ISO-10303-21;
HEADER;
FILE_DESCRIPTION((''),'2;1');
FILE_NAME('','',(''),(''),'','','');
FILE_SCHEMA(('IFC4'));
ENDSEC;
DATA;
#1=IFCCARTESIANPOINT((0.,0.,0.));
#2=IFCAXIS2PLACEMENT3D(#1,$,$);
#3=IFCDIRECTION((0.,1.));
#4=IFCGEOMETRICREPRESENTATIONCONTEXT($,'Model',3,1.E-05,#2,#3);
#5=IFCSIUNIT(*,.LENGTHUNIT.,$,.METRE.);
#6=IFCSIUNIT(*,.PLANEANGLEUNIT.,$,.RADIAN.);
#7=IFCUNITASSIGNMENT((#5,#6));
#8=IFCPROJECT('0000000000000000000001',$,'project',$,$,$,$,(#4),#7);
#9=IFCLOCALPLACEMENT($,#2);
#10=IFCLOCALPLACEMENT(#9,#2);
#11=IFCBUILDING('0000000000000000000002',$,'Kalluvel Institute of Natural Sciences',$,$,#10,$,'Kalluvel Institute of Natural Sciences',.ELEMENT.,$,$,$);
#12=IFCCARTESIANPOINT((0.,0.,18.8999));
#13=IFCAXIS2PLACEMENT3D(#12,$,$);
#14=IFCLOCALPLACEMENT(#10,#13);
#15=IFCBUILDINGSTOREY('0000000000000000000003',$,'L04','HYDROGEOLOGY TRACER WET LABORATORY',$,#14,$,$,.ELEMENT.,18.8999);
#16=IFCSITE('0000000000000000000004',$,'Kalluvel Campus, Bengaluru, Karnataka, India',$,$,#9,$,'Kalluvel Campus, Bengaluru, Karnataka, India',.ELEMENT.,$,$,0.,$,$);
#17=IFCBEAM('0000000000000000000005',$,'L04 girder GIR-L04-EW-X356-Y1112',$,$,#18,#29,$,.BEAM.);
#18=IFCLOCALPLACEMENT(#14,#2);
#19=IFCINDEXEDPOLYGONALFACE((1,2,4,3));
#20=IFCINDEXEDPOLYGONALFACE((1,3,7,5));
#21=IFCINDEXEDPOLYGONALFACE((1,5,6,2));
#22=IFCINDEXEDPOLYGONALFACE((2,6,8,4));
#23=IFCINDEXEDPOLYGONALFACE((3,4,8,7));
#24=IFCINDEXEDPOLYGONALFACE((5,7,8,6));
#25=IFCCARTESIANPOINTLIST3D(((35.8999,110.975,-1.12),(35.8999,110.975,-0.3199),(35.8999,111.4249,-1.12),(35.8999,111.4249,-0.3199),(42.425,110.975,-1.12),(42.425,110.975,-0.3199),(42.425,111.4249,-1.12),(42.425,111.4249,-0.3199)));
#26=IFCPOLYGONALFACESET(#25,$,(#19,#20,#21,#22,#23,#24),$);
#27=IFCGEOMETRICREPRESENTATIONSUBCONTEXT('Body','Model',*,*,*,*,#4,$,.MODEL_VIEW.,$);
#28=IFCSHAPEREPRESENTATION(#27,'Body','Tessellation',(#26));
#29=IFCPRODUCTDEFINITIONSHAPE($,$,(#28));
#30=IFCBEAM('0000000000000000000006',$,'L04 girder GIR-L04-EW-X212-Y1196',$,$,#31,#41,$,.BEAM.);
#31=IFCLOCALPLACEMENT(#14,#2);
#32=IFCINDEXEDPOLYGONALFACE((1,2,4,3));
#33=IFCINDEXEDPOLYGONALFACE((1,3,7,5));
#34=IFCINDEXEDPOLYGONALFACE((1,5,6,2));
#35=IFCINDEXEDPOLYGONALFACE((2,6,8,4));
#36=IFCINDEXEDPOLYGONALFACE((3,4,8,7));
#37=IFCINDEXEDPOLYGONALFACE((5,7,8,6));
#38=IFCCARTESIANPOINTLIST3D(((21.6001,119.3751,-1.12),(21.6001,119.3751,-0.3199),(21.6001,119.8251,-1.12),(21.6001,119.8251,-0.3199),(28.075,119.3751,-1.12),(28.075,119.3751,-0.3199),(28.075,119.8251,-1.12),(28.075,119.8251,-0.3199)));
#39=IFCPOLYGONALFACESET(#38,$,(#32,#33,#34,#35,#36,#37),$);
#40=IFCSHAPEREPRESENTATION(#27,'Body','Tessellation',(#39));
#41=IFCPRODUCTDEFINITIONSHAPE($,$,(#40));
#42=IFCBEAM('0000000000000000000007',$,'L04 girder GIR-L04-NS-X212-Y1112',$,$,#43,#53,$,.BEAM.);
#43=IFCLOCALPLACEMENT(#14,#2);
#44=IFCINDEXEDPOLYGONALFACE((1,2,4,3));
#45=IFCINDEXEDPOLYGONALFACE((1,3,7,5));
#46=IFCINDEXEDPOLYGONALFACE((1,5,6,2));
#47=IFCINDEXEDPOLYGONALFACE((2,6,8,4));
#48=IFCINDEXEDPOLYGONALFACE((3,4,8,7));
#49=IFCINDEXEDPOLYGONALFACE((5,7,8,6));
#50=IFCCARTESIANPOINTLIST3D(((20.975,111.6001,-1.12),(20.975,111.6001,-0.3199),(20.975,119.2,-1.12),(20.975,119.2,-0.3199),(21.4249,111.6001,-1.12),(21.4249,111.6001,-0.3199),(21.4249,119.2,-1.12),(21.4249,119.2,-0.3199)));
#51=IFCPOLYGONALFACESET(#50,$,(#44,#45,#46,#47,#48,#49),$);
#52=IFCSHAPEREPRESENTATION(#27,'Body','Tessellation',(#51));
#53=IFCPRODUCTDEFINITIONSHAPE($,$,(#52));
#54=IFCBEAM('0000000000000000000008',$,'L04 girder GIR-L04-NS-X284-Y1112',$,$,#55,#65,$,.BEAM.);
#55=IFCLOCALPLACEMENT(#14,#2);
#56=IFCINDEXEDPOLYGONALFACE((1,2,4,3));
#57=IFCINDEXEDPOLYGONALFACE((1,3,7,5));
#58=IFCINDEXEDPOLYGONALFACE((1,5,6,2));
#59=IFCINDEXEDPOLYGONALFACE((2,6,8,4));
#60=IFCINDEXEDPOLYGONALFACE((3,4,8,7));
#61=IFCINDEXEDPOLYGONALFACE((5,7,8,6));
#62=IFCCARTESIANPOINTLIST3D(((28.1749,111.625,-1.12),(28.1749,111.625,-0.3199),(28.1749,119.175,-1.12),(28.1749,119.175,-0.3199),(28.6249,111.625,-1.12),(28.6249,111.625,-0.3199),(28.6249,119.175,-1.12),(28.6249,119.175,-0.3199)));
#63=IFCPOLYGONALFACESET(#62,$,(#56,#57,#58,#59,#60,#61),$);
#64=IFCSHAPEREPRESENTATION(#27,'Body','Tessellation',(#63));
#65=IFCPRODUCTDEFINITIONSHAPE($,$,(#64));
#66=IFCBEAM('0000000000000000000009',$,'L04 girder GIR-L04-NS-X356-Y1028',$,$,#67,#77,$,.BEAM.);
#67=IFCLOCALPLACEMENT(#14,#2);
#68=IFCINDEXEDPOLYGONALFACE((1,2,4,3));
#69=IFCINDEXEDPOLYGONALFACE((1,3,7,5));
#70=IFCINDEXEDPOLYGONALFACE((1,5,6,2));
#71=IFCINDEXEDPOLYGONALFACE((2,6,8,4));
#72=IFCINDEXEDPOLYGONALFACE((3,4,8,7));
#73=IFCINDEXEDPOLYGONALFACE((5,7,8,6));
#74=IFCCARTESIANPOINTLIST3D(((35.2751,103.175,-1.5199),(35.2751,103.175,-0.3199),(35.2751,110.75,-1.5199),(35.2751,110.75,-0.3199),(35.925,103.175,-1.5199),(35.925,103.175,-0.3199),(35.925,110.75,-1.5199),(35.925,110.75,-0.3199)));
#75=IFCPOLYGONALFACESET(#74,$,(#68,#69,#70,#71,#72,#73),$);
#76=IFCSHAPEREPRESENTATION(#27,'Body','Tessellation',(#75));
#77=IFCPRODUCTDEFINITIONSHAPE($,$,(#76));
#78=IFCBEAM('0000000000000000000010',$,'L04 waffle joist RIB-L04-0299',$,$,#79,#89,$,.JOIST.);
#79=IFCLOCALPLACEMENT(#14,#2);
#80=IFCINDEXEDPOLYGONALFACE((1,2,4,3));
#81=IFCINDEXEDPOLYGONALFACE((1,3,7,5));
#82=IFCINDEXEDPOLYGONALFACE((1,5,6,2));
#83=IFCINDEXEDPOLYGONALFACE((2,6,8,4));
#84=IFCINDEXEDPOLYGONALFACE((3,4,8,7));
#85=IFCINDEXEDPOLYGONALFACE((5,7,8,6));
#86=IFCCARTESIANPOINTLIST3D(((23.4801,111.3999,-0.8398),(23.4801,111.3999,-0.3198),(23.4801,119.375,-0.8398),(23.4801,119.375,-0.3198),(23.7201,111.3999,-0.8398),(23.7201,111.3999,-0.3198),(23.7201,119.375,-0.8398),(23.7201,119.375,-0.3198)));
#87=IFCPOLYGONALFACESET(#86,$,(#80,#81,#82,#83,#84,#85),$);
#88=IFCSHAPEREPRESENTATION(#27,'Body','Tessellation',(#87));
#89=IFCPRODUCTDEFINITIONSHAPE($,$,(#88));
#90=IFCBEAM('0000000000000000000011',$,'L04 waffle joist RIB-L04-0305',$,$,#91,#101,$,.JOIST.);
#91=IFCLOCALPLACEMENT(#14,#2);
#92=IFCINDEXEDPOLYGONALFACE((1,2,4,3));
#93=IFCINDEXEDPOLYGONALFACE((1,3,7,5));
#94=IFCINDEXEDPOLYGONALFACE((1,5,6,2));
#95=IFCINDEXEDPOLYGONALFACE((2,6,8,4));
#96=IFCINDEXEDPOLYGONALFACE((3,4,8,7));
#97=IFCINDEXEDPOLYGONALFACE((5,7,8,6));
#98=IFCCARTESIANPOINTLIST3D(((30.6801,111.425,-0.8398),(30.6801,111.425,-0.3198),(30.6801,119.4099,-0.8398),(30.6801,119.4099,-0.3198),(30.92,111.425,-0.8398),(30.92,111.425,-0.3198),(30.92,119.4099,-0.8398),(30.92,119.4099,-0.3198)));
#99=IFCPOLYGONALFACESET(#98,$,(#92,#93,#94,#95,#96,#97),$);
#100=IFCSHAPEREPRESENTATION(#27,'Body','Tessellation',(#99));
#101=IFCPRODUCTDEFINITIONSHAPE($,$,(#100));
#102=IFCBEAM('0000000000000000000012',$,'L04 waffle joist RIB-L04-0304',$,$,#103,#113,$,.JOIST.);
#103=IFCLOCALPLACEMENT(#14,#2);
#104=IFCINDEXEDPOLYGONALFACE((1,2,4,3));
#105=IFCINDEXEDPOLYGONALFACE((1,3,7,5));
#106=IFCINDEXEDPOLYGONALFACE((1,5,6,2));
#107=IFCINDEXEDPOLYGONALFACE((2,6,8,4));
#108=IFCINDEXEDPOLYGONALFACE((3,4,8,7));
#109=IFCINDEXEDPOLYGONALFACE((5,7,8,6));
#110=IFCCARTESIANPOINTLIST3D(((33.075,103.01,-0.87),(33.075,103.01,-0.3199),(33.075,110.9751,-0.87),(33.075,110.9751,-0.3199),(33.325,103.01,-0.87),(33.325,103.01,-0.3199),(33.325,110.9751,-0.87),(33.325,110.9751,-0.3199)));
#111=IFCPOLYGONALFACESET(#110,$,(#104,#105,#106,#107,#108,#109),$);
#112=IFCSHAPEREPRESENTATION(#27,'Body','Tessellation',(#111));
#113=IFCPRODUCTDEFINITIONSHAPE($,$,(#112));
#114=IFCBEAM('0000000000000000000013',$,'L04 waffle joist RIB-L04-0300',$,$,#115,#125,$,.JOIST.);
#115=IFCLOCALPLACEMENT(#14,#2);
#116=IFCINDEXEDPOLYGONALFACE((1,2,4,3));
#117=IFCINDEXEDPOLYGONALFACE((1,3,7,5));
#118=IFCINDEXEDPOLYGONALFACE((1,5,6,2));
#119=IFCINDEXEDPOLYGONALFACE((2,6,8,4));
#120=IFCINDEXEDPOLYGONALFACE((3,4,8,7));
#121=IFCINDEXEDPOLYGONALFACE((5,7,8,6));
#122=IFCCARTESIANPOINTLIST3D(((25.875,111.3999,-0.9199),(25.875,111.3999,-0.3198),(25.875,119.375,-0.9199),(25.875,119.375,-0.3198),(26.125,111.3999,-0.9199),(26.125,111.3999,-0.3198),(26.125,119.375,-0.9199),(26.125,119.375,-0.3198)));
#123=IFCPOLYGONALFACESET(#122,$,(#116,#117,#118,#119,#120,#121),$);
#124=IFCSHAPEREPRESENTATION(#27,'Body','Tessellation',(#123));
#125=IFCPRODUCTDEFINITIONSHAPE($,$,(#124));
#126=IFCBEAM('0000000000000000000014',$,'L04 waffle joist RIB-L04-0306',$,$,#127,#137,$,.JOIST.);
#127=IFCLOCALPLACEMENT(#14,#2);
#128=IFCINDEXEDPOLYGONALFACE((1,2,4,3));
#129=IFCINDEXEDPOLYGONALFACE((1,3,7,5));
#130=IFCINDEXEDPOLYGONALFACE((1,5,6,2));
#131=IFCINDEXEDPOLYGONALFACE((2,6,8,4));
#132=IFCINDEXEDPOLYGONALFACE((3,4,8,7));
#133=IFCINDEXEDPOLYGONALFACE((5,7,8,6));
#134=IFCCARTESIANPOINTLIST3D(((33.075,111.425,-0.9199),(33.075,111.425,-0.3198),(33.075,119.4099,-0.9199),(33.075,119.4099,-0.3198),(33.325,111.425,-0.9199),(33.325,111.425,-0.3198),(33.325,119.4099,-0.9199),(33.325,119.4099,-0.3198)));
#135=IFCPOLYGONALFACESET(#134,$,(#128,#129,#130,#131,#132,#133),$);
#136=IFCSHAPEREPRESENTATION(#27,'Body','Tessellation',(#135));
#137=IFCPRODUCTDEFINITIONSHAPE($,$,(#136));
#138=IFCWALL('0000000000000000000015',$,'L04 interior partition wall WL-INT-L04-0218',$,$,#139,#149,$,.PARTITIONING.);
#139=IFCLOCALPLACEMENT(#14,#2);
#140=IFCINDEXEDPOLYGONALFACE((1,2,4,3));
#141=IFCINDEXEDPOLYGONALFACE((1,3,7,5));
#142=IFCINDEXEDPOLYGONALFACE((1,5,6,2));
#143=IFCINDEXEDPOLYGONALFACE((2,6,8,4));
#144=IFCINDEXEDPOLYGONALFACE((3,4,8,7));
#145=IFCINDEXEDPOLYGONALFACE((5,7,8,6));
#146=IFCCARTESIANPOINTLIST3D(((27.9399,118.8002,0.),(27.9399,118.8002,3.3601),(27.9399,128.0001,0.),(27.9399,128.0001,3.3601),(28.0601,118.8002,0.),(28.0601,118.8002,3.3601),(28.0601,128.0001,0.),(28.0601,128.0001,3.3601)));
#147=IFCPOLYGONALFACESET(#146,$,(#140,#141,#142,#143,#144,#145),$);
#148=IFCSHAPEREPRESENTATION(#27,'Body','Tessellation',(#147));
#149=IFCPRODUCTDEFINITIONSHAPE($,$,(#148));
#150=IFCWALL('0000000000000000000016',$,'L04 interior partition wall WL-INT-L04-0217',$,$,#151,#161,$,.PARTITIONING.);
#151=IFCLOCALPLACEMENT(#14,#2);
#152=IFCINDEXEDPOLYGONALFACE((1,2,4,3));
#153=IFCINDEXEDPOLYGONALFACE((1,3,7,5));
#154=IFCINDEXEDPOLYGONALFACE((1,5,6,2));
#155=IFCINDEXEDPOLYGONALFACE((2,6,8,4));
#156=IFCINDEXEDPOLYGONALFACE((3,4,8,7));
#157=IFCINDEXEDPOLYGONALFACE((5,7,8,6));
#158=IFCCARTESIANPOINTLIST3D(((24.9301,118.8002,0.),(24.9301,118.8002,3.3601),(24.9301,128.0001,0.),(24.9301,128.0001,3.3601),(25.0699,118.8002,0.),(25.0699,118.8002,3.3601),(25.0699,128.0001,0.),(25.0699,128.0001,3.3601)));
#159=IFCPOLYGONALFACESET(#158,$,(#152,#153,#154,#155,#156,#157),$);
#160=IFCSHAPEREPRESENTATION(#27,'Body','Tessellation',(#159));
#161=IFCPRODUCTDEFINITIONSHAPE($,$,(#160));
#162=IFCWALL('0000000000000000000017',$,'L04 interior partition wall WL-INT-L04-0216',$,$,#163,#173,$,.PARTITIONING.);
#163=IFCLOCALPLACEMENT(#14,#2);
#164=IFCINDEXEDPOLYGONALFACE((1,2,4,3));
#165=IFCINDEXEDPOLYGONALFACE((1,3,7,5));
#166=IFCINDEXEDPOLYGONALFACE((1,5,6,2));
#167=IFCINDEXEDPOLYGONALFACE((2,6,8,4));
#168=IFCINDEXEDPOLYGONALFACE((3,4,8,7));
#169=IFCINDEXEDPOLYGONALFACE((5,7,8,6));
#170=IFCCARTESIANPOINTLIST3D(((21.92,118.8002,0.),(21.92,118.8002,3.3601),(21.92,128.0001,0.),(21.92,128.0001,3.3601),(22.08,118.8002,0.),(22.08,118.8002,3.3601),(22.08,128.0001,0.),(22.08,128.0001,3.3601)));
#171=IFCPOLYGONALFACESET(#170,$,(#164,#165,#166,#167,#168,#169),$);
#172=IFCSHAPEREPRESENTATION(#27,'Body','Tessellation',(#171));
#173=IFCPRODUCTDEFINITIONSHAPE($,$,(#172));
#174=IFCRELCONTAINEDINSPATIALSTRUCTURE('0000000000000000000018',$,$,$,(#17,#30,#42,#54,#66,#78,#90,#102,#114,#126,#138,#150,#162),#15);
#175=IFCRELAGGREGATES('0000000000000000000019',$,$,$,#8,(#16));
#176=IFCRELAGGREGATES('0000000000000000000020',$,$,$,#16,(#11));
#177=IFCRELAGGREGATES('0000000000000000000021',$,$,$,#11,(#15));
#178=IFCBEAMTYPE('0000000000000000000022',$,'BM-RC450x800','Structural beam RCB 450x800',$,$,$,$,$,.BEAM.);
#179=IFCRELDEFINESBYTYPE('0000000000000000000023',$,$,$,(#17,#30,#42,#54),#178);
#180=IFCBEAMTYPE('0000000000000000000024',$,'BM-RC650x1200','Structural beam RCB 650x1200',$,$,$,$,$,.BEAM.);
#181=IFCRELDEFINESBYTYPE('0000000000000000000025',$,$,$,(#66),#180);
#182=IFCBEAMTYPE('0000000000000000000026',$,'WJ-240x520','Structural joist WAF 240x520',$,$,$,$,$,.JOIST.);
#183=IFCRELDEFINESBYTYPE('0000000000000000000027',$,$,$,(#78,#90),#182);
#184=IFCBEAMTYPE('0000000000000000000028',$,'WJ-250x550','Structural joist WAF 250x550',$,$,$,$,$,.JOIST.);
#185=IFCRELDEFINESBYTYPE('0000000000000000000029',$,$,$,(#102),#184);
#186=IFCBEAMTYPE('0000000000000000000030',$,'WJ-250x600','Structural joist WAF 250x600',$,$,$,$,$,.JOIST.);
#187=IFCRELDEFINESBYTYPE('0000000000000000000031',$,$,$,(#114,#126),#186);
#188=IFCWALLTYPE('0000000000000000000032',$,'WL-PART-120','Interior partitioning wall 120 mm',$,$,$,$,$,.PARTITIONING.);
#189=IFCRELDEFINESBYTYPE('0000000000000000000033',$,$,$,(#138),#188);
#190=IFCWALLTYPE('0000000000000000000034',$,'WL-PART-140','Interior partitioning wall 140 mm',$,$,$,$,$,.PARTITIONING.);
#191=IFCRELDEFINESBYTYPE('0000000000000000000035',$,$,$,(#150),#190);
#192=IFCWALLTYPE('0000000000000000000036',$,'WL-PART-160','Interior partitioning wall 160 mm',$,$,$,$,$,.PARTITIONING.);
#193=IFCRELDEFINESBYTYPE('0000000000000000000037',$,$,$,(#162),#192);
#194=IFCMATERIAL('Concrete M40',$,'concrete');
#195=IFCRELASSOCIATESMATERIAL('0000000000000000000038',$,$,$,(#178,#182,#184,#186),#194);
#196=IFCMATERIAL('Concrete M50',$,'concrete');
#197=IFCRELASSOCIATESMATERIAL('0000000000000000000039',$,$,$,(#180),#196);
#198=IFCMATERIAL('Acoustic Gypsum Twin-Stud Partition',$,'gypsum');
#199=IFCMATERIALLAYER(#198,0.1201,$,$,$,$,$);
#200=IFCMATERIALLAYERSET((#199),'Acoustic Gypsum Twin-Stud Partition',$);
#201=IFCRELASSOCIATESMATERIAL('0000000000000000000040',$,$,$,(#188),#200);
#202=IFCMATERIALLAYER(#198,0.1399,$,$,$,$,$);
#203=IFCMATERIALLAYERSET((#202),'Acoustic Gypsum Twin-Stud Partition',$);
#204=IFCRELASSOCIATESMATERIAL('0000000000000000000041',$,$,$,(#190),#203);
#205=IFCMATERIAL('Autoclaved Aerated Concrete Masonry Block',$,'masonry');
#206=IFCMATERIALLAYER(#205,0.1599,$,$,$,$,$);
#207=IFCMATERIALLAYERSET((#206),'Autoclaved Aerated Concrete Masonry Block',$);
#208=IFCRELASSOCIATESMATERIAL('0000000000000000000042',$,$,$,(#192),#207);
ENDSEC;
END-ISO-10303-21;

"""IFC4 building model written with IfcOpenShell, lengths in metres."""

from ifc_helpers import new_model, si_unit, direction, frame, frame_2d, origin, origin_2d, place, context, subcontext, project, spatial, rectangle, extrude, material, layer, layer_set, material_profile, profile_set, type_object, element, save


model = new_model("IFC4")

# Units and contexts
model_context = context("Model", 3, precision=1e-05, world=origin(), true_north=direction((0.0, 1.0)))
body_context = subcontext(model_context, "Body", "Model", "MODEL_VIEW")
ifc_project = project(units=[si_unit("LENGTHUNIT", "METRE"), si_unit("PLANEANGLEUNIT", "RADIAN")], contexts=[model_context])

# Site, building, storey
site_placement = place(None, origin())
site = spatial("IfcSite", under=ifc_project, at=site_placement, Name="Kalluvel Campus, Bengaluru, Karnataka, India", LongName="Kalluvel Campus, Bengaluru, Karnataka, India", CompositionType="ELEMENT", RefElevation=0.0)
building_placement = place(site_placement, origin())
building = spatial("IfcBuilding", under=site, at=building_placement, Name="Kalluvel Institute of Natural Sciences", LongName="Kalluvel Institute of Natural Sciences", CompositionType="ELEMENT")
storey_placement = place(building_placement, frame((0.0, 0.0, 18.8999)))
storey = spatial("IfcBuildingStorey", under=building, at=storey_placement, Name="L04", Description="HYDROGEOLOGY TRACER WET LABORATORY", CompositionType="ELEMENT", Elevation=18.8999)

# Shared definitions
ifc_material_1 = material(Name="Concrete M50", Category="concrete")
ifc_material_2 = material(Name="Concrete M40", Category="concrete")

# Beams
ifc_material_profile_1 = material_profile(ifc_material_2, rectangle(XDim=0.45, YDim=0.8, at=origin_2d()), Name="RCB 450x800")
ifc_profile_set_1 = profile_set([ifc_material_profile_1], Name="Concrete M40")
beam_type_1 = type_object("IfcBeamType", Name="BM-RC450x800", Description="Structural beam RCB 450x800", PredefinedType="BEAM", material=ifc_profile_set_1)
beam_1_placement = place(storey_placement, frame((35.8999, 111.2, -0.72), z_axis=(1.0, 0.0, 0.0), x_axis=(0.0, 1.0, 0.0)))
element("IfcBeam", 1, at=beam_1_placement, inside=storey, type_object=beam_type_1, Name="L04 girder GIR-L04-EW-X356-Y1112", PredefinedType="BEAM", context=body_context, shape_type="SweptSolid", body=[
    extrude(rectangle(XDim=0.45, YDim=0.8, at=origin_2d()), origin(), (0.0, 0.0, 1.0), 6.5251),
])
beam_2_placement = place(storey_placement, frame((21.6001, 119.6001, -0.72), z_axis=(1.0, 0.0, 0.0), x_axis=(0.0, 1.0, 0.0)))
element("IfcBeam", 2, at=beam_2_placement, inside=storey, type_object=beam_type_1, Name="L04 girder GIR-L04-EW-X212-Y1196", PredefinedType="BEAM", context=body_context, shape_type="SweptSolid", body=[
    extrude(rectangle(XDim=0.45, YDim=0.8, at=origin_2d()), origin(), (0.0, 0.0, 1.0), 6.4749),
])
beam_3_placement = place(storey_placement, frame((21.2, 111.6001, -0.72), z_axis=(0.0, 1.0, 0.0), x_axis=(-1.0, 0.0, 0.0)))
element("IfcBeam", 3, at=beam_3_placement, inside=storey, type_object=beam_type_1, Name="L04 girder GIR-L04-NS-X212-Y1112", PredefinedType="BEAM", context=body_context, shape_type="SweptSolid", body=[
    extrude(rectangle(XDim=0.45, YDim=0.8, at=origin_2d()), origin(), (0.0, 0.0, 1.0), 7.5999),
])
beam_4_placement = place(storey_placement, frame((28.3999, 111.625, -0.72), z_axis=(0.0, 1.0, 0.0), x_axis=(-1.0, 0.0, 0.0)))
element("IfcBeam", 4, at=beam_4_placement, inside=storey, type_object=beam_type_1, Name="L04 girder GIR-L04-NS-X284-Y1112", PredefinedType="BEAM", context=body_context, shape_type="SweptSolid", body=[
    extrude(rectangle(XDim=0.45, YDim=0.8, at=origin_2d()), origin(), (0.0, 0.0, 1.0), 7.55),
])
ifc_material_profile_2 = material_profile(ifc_material_1, rectangle(XDim=0.6499, YDim=1.2, at=origin_2d()), Name="RCB 650x1200")
ifc_profile_set_2 = profile_set([ifc_material_profile_2], Name="Concrete M50")
beam_type_2 = type_object("IfcBeamType", Name="BM-RC650x1200", Description="Structural beam RCB 650x1200", PredefinedType="BEAM", material=ifc_profile_set_2)
beam_5_placement = place(storey_placement, frame((35.6001, 103.175, -0.9199), z_axis=(0.0, 1.0, 0.0), x_axis=(-1.0, 0.0, 0.0)))
element("IfcBeam", 5, at=beam_5_placement, inside=storey, type_object=beam_type_2, Name="L04 girder GIR-L04-NS-X356-Y1028", PredefinedType="BEAM", context=body_context, shape_type="SweptSolid", body=[
    extrude(rectangle(XDim=0.6499, YDim=1.2, at=origin_2d()), origin(), (0.0, 0.0, 1.0), 7.575),
])
ifc_material_profile_3 = material_profile(ifc_material_2, rectangle(XDim=0.24, YDim=0.52, at=origin_2d()), Name="WAF 240x520")
ifc_profile_set_3 = profile_set([ifc_material_profile_3], Name="Concrete M40")
beam_type_3 = type_object("IfcBeamType", Name="WJ-240x520", Description="Structural joist WAF 240x520", PredefinedType="JOIST", material=ifc_profile_set_3)
beam_6_placement = place(storey_placement, frame((23.6001, 111.3999, -0.5798), z_axis=(0.0, 1.0, 0.0), x_axis=(-1.0, 0.0, 0.0)))
element("IfcBeam", 6, at=beam_6_placement, inside=storey, type_object=beam_type_3, Name="L04 waffle joist RIB-L04-0299", PredefinedType="JOIST", context=body_context, shape_type="SweptSolid", body=[
    extrude(rectangle(XDim=0.24, YDim=0.52, at=origin_2d()), origin(), (0.0, 0.0, 1.0), 7.9751),
])
beam_7_placement = place(storey_placement, frame((30.8, 111.425, -0.5798), z_axis=(0.0, 1.0, 0.0), x_axis=(-1.0, 0.0, 0.0)))
element("IfcBeam", 7, at=beam_7_placement, inside=storey, type_object=beam_type_3, Name="L04 waffle joist RIB-L04-0305", PredefinedType="JOIST", context=body_context, shape_type="SweptSolid", body=[
    extrude(rectangle(XDim=0.24, YDim=0.52, at=origin_2d()), origin(), (0.0, 0.0, 1.0), 7.9849),
])
ifc_material_profile_4 = material_profile(ifc_material_2, rectangle(XDim=0.25, YDim=0.55, at=origin_2d()), Name="WAF 250x550")
ifc_profile_set_4 = profile_set([ifc_material_profile_4], Name="Concrete M40")
beam_type_4 = type_object("IfcBeamType", Name="WJ-250x550", Description="Structural joist WAF 250x550", PredefinedType="JOIST", material=ifc_profile_set_4)
beam_8_placement = place(storey_placement, frame((33.2, 103.01, -0.595), z_axis=(0.0, 1.0, 0.0), x_axis=(-1.0, 0.0, 0.0)))
element("IfcBeam", 8, at=beam_8_placement, inside=storey, type_object=beam_type_4, Name="L04 waffle joist RIB-L04-0304", PredefinedType="JOIST", context=body_context, shape_type="SweptSolid", body=[
    extrude(rectangle(XDim=0.25, YDim=0.55, at=origin_2d()), origin(), (0.0, 0.0, 1.0), 7.9651),
])
ifc_material_profile_5 = material_profile(ifc_material_2, rectangle(XDim=0.25, YDim=0.6001, at=origin_2d()), Name="WAF 250x600")
ifc_profile_set_5 = profile_set([ifc_material_profile_5], Name="Concrete M40")
beam_type_5 = type_object("IfcBeamType", Name="WJ-250x600", Description="Structural joist WAF 250x600", PredefinedType="JOIST", material=ifc_profile_set_5)
beam_9_placement = place(storey_placement, frame((26.0, 111.3999, -0.6199), z_axis=(0.0, 1.0, 0.0), x_axis=(-1.0, 0.0, 0.0)))
element("IfcBeam", 9, at=beam_9_placement, inside=storey, type_object=beam_type_5, Name="L04 waffle joist RIB-L04-0300", PredefinedType="JOIST", context=body_context, shape_type="SweptSolid", body=[
    extrude(rectangle(XDim=0.25, YDim=0.6001, at=origin_2d()), origin(), (0.0, 0.0, 1.0), 7.9751),
])
beam_10_placement = place(storey_placement, frame((33.2, 111.425, -0.6199), z_axis=(0.0, 1.0, 0.0), x_axis=(-1.0, 0.0, 0.0)))
element("IfcBeam", 10, at=beam_10_placement, inside=storey, type_object=beam_type_5, Name="L04 waffle joist RIB-L04-0306", PredefinedType="JOIST", context=body_context, shape_type="SweptSolid", body=[
    extrude(rectangle(XDim=0.25, YDim=0.6001, at=origin_2d()), origin(), (0.0, 0.0, 1.0), 7.9849),
])

# Walls
ifc_material_3 = material(Name="Acoustic Gypsum Twin-Stud Partition", Category="gypsum")
ifc_layer_1 = layer(ifc_material_3, 0.1201)
ifc_layer_set_1 = layer_set([ifc_layer_1], Name="Acoustic Gypsum Twin-Stud Partition")
wall_type_1 = type_object("IfcWallType", Name="WL-PART-120", Description="Interior partitioning wall 120 mm", PredefinedType="PARTITIONING", material=ifc_layer_set_1)
wall_1_placement = place(storey_placement, frame((28.0, 118.8, 0.0), z_axis=(0.0, 0.0, 1.0), x_axis=(0.0, 1.0, 0.0)))
element("IfcWall", 11, at=wall_1_placement, inside=storey, type_object=wall_type_1, Name="L04 interior partition wall WL-INT-L04-0218", PredefinedType="PARTITIONING", context=body_context, shape_type="SweptSolid", body=[
    extrude(rectangle(XDim=9.2, YDim=0.1201, at=frame_2d((4.6001, 0.0))), origin(), (0.0, 0.0, 1.0), 3.3601),
])
ifc_layer_2 = layer(ifc_material_3, 0.1399)
ifc_layer_set_2 = layer_set([ifc_layer_2], Name="Acoustic Gypsum Twin-Stud Partition")
wall_type_2 = type_object("IfcWallType", Name="WL-PART-140", Description="Interior partitioning wall 140 mm", PredefinedType="PARTITIONING", material=ifc_layer_set_2)
wall_2_placement = place(storey_placement, frame((25.0, 118.8, 0.0), z_axis=(0.0, 0.0, 1.0), x_axis=(0.0, 1.0, 0.0)))
element("IfcWall", 12, at=wall_2_placement, inside=storey, type_object=wall_type_2, Name="L04 interior partition wall WL-INT-L04-0217", PredefinedType="PARTITIONING", context=body_context, shape_type="SweptSolid", body=[
    extrude(rectangle(XDim=9.2, YDim=0.1399, at=frame_2d((4.6001, 0.0))), origin(), (0.0, 0.0, 1.0), 3.3601),
])
ifc_material_4 = material(Name="Autoclaved Aerated Concrete Masonry Block", Category="masonry")
ifc_layer_3 = layer(ifc_material_4, 0.1599)
ifc_layer_set_3 = layer_set([ifc_layer_3], Name="Autoclaved Aerated Concrete Masonry Block")
wall_type_3 = type_object("IfcWallType", Name="WL-PART-160", Description="Interior partitioning wall 160 mm", PredefinedType="PARTITIONING", material=ifc_layer_set_3)
wall_3_placement = place(storey_placement, frame((22.0, 118.8, 0.0), z_axis=(0.0, 0.0, 1.0), x_axis=(0.0, 1.0, 0.0)))
element("IfcWall", 13, at=wall_3_placement, inside=storey, type_object=wall_type_3, Name="L04 interior partition wall WL-INT-L04-0216", PredefinedType="PARTITIONING", context=body_context, shape_type="SweptSolid", body=[
    extrude(rectangle(XDim=9.2, YDim=0.1599, at=frame_2d((4.6001, 0.0))), origin(), (0.0, 0.0, 1.0), 3.3601),
])

save(model, "model.ifc")
